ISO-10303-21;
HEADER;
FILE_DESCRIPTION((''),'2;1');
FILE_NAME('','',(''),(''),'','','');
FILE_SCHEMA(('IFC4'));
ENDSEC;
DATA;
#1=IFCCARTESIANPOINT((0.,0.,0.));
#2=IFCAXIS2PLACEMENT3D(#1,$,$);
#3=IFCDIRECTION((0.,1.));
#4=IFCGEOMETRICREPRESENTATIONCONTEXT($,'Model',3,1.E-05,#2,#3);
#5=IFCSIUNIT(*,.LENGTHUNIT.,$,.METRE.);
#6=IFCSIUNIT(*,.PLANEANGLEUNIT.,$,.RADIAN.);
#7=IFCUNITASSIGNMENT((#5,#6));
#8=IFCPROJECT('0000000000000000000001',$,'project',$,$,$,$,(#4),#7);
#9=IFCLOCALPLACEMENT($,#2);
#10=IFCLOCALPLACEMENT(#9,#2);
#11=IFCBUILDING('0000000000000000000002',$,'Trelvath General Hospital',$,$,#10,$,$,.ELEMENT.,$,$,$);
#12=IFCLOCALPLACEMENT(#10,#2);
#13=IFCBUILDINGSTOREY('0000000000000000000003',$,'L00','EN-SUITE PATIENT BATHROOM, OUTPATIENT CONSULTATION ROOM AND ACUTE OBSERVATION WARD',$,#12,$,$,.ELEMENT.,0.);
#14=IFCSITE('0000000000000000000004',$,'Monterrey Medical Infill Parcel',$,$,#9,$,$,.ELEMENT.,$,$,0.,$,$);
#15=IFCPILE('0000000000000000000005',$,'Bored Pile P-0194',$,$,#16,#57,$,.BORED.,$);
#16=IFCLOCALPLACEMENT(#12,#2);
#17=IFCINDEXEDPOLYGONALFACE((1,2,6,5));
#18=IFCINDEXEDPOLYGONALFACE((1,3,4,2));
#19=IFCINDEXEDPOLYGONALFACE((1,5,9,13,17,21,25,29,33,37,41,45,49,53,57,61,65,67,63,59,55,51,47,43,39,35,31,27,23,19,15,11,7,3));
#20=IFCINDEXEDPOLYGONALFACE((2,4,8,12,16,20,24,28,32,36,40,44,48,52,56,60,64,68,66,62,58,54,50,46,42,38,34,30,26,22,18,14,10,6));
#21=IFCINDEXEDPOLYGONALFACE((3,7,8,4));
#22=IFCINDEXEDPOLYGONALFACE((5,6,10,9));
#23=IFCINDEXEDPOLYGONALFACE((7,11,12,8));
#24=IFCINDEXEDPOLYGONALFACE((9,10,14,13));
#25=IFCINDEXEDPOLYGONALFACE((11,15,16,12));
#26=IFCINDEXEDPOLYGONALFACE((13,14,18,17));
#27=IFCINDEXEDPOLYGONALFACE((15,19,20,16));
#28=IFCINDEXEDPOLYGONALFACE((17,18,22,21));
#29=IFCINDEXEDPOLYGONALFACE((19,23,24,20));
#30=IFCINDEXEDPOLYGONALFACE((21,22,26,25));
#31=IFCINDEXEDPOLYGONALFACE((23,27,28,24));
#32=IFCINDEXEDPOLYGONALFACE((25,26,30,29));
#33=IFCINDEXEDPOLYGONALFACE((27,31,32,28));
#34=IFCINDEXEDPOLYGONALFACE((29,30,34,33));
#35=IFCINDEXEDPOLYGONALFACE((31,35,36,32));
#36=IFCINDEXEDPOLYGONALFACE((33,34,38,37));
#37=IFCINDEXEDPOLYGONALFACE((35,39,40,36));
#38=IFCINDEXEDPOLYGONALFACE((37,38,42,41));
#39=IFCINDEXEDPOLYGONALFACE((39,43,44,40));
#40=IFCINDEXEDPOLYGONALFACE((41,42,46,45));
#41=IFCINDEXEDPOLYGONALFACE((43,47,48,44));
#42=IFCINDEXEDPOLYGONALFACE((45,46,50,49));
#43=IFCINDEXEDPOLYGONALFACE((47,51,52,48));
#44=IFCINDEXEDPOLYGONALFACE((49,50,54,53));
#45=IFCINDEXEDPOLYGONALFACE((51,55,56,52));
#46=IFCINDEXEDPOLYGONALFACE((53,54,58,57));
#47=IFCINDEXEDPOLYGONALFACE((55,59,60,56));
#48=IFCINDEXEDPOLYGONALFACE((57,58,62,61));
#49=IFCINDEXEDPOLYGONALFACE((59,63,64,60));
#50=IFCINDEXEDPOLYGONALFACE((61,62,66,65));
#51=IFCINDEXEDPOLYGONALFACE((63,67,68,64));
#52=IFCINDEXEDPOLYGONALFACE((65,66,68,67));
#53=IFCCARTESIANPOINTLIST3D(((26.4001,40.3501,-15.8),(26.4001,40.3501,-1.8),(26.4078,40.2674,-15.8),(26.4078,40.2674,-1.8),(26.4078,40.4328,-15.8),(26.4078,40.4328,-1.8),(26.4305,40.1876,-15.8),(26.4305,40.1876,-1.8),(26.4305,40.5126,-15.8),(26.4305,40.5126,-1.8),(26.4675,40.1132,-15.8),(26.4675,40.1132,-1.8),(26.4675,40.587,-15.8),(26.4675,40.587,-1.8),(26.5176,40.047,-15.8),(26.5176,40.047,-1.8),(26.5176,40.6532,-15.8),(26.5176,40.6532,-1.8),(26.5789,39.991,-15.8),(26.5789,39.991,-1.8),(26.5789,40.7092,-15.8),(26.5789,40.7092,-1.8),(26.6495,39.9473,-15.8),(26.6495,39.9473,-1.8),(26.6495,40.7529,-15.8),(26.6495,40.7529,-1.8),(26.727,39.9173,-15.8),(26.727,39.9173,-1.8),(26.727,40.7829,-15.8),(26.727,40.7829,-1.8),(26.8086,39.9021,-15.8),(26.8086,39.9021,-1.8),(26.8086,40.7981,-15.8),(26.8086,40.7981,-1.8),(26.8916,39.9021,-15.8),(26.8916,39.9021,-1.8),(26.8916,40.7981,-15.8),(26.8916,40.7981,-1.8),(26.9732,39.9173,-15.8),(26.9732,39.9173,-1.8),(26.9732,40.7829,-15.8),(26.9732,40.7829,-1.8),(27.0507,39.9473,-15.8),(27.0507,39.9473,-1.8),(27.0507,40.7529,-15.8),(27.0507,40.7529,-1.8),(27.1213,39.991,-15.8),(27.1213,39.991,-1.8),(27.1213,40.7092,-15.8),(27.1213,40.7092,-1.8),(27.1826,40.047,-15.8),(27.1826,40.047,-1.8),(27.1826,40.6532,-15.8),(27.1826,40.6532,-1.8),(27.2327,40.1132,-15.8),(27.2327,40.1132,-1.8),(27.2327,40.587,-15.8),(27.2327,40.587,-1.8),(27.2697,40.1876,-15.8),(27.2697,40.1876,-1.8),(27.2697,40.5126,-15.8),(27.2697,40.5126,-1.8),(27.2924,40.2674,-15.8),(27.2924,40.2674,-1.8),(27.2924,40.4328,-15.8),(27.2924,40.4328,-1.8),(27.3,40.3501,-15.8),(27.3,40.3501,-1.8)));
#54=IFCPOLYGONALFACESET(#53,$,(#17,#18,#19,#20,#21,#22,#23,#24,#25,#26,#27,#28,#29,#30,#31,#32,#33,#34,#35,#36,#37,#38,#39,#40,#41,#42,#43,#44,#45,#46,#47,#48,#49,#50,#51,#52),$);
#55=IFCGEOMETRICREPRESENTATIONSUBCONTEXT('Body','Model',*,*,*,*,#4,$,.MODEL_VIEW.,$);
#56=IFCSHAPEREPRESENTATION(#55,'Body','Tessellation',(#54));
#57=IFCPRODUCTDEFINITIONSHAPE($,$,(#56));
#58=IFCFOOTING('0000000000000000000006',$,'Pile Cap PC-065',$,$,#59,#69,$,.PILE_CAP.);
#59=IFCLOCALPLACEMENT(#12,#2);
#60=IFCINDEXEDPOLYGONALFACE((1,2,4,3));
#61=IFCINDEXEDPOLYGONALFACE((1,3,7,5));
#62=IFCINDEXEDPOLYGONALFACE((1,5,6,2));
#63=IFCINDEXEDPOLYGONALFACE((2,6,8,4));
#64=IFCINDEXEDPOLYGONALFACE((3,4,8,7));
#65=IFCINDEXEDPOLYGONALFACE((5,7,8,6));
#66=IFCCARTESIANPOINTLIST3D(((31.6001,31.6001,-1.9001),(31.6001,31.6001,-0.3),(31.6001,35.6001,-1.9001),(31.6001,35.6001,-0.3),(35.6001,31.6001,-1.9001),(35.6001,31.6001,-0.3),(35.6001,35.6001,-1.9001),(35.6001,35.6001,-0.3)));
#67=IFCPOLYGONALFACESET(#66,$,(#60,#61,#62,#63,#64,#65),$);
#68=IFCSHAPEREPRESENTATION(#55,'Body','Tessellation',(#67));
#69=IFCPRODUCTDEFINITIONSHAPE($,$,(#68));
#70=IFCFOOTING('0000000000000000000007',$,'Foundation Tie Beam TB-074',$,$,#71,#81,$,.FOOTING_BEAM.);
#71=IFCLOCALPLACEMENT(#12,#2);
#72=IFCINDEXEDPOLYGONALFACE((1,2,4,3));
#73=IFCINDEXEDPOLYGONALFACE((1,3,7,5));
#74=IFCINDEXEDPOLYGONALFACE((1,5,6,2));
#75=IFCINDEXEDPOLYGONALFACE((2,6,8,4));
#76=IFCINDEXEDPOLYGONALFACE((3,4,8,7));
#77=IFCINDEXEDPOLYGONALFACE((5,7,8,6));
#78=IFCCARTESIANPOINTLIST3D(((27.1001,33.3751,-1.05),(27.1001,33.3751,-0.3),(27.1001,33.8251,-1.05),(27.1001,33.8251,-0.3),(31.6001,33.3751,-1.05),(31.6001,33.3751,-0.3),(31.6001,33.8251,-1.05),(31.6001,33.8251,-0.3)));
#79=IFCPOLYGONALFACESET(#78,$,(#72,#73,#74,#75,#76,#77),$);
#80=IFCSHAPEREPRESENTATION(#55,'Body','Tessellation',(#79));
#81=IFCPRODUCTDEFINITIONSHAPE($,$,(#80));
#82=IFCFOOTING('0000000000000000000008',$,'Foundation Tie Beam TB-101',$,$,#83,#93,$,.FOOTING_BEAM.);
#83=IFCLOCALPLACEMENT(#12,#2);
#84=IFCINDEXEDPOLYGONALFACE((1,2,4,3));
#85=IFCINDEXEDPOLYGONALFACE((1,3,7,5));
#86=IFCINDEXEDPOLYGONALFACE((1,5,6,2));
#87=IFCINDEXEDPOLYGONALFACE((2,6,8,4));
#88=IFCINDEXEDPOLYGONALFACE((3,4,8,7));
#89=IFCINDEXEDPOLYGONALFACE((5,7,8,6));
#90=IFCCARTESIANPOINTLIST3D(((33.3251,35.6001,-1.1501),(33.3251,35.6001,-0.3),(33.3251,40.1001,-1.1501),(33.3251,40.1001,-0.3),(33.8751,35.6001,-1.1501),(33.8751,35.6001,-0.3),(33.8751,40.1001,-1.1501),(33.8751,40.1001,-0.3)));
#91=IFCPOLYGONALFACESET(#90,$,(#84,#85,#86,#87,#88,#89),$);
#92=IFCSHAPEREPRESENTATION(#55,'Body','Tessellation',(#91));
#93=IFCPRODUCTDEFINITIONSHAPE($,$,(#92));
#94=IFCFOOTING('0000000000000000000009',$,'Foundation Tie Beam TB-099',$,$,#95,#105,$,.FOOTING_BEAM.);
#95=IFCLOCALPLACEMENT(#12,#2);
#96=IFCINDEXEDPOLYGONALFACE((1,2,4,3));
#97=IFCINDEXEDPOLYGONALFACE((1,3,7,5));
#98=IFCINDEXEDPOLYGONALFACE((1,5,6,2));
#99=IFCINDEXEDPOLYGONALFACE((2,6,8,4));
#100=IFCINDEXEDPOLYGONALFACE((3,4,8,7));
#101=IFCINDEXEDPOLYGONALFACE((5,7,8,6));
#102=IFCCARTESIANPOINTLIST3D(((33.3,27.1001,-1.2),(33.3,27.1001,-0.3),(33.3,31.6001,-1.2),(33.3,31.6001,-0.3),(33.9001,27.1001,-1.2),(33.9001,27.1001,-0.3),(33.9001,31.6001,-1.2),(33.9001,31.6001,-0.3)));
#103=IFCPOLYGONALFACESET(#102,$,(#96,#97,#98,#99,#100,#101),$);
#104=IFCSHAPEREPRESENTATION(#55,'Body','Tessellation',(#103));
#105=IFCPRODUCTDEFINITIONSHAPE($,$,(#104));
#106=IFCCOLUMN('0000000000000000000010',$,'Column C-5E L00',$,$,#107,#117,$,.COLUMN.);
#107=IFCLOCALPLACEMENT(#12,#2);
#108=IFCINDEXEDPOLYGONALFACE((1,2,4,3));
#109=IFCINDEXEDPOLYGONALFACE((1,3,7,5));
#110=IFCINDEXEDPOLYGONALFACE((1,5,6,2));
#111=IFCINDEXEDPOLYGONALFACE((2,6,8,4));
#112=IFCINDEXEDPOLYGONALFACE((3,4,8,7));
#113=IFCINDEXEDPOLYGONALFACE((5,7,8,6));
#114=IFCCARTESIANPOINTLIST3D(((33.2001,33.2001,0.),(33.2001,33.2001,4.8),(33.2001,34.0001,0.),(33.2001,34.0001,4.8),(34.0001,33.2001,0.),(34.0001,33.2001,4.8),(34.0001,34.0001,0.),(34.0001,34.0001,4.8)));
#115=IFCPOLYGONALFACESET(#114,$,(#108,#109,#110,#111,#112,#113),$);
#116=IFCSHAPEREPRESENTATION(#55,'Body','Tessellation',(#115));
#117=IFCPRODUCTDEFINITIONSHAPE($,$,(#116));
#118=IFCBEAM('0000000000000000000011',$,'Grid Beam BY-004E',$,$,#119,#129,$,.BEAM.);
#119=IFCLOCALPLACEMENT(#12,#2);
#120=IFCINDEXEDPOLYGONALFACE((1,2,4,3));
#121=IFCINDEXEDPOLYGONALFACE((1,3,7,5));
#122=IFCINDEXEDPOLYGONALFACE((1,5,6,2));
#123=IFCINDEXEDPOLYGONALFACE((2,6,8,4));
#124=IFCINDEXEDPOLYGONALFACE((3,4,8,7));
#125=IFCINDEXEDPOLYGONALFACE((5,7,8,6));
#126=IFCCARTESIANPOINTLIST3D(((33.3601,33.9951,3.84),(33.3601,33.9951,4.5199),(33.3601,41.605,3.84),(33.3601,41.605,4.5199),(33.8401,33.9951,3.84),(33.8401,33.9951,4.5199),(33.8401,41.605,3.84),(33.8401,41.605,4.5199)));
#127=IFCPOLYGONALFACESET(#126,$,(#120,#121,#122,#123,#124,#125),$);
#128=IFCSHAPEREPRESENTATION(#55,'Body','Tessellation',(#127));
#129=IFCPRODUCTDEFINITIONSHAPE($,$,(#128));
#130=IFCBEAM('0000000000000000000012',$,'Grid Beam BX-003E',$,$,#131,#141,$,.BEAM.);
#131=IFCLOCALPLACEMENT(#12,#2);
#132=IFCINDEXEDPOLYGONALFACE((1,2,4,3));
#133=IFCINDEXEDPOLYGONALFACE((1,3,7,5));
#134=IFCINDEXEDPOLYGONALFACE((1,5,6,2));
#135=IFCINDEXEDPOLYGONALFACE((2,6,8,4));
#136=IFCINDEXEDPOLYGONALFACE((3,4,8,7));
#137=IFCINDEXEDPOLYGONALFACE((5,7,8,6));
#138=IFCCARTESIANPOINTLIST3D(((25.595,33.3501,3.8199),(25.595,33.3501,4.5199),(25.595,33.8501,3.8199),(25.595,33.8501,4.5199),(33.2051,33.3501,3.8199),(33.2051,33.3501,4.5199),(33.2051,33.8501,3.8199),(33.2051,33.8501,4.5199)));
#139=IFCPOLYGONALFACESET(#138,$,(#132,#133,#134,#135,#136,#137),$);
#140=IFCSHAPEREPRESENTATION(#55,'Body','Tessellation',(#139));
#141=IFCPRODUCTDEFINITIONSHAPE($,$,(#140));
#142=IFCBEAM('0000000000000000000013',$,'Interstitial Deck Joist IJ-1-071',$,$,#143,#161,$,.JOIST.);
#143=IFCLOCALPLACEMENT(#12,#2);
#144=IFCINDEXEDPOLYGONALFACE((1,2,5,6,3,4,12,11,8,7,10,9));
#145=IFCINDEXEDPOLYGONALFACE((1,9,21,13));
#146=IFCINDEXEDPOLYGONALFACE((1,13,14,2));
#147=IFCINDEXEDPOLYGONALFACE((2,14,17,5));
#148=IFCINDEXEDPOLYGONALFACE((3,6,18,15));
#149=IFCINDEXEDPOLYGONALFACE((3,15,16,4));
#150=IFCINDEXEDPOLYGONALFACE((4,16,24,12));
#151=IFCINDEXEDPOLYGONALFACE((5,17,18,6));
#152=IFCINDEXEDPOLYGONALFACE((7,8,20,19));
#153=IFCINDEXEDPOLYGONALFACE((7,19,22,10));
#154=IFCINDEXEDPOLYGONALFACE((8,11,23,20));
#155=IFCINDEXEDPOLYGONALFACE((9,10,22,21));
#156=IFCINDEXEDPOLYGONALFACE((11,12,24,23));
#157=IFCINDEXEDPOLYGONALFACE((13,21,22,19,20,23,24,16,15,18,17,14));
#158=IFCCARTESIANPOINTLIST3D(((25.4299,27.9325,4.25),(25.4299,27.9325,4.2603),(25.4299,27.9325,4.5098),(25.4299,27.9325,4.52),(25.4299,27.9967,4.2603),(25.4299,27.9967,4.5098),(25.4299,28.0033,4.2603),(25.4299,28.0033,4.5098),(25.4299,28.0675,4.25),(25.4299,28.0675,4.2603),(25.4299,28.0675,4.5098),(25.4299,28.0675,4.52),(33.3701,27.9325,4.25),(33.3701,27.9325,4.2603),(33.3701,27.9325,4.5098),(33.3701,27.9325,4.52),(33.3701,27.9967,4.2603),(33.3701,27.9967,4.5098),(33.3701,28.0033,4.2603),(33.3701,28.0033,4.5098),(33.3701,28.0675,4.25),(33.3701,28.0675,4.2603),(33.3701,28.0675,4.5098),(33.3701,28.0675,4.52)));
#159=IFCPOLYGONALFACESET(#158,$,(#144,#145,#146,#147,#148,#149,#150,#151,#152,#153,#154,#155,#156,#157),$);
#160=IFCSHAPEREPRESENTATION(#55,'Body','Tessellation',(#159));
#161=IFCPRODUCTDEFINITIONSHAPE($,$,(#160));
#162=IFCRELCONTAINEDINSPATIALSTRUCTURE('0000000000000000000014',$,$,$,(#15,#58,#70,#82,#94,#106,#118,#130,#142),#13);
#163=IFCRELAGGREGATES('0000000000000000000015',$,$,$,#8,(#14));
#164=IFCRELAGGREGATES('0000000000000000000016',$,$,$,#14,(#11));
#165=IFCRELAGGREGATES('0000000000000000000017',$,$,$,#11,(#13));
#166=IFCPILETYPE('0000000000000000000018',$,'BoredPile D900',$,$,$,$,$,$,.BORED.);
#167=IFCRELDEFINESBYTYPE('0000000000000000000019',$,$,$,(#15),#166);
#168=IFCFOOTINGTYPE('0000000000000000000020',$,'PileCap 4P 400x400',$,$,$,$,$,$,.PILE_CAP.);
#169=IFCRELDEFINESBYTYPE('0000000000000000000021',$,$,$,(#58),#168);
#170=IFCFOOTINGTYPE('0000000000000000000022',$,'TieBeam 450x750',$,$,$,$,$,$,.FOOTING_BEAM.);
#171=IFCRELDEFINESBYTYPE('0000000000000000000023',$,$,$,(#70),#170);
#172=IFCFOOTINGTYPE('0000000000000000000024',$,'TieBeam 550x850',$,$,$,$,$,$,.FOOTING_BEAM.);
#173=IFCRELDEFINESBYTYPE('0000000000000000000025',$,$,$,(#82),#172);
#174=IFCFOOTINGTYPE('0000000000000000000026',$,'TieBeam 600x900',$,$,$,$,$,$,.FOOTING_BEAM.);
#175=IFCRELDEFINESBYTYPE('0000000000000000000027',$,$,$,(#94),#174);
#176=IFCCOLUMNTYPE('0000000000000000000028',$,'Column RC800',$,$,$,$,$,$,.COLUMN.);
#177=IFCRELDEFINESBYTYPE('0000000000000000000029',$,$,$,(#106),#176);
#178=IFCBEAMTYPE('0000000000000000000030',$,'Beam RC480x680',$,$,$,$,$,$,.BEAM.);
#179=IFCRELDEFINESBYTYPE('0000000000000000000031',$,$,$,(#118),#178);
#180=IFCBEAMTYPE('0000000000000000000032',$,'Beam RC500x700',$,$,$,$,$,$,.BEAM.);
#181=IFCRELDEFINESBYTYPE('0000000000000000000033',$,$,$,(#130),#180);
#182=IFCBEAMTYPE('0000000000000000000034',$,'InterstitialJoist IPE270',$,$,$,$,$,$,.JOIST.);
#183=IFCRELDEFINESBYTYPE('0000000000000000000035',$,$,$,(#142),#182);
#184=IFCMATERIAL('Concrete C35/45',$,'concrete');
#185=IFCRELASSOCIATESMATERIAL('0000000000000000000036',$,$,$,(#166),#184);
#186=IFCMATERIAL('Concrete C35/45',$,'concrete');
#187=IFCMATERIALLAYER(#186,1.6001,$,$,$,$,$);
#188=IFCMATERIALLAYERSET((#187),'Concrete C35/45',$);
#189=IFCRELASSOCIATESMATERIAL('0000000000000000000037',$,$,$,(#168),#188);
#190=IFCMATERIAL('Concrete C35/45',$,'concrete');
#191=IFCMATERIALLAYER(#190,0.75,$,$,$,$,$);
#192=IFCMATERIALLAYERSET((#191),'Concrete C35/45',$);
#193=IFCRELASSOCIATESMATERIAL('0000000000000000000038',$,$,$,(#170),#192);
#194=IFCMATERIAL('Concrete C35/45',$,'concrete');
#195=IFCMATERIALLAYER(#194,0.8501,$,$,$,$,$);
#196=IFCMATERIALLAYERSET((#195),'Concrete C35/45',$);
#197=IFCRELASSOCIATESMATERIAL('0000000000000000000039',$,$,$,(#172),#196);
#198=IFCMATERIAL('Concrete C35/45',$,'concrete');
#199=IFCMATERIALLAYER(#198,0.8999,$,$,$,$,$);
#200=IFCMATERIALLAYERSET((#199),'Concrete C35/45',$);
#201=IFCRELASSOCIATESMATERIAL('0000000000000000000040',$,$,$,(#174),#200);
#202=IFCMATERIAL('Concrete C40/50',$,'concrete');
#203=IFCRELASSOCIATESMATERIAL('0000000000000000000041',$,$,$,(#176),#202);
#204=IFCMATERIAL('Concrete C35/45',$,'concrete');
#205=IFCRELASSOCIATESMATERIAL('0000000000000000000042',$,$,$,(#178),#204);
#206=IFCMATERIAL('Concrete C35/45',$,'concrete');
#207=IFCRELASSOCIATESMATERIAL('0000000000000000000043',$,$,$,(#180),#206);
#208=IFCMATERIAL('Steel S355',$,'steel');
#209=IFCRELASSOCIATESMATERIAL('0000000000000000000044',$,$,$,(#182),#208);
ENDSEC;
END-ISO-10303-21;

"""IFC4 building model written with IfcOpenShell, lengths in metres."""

from ifc_helpers import new_model, si_unit, direction, frame, origin, origin_2d, place, context, subcontext, project, spatial, rectangle, circle, i_section, extrude, material, layer, layer_set, material_profile, profile_set, type_object, element, save


model = new_model("IFC4")

# Units and contexts
model_context = context("Model", 3, precision=1e-05, world=origin(), true_north=direction((0.0, 1.0)))
body_context = subcontext(model_context, "Body", "Model", "MODEL_VIEW")
ifc_project = project(units=[si_unit("LENGTHUNIT", "METRE"), si_unit("PLANEANGLEUNIT", "RADIAN")], contexts=[model_context])

# Site, building, storey
site_placement = place(None, origin())
site = spatial("IfcSite", under=ifc_project, at=site_placement, Name="Monterrey Medical Infill Parcel", CompositionType="ELEMENT", RefElevation=0.0)
building_placement = place(site_placement, origin())
building = spatial("IfcBuilding", under=site, at=building_placement, Name="Trelvath General Hospital", CompositionType="ELEMENT")
storey_placement = place(building_placement, origin())
storey = spatial("IfcBuildingStorey", under=building, at=storey_placement, Name="L00", Description="EN-SUITE PATIENT BATHROOM, OUTPATIENT CONSULTATION ROOM AND ACUTE OBSERVATION WARD", CompositionType="ELEMENT", Elevation=0.0)

# Pile
ifc_material_1 = material(Name="Concrete C35/45", Category="concrete")
ifc_material_profile_1 = material_profile(ifc_material_1, circle(Radius=0.45, at=origin_2d()), Name="PILE900")
ifc_profile_set_1 = profile_set([ifc_material_profile_1], Name="Concrete C35/45")
pile_type_1 = type_object("IfcPileType", Name="BoredPile D900", PredefinedType="BORED", material=ifc_profile_set_1)
for number, where, z_axis, x_axis, name in (
    (1, (26.8501, 40.3501, -1.8), (0.0, 0.0, -1.0), (1.0, 0.0, 0.0), "Bored Pile P-0194"),
):
    element("IfcPile", number, at=place(storey_placement, frame(where, z_axis=z_axis, x_axis=x_axis)), inside=storey, type_object=pile_type_1, Name=name, PredefinedType="BORED", context=body_context, shape_type="SweptSolid", body=[
        extrude(circle(Radius=0.45, at=origin_2d()), origin(), (0.0, 0.0, 1.0), 14.0),
    ])

# Footings
ifc_material_2 = material(Name="Concrete C35/45", Category="concrete")
ifc_layer_1 = layer(ifc_material_2, 1.6001)
ifc_layer_set_1 = layer_set([ifc_layer_1], Name="Concrete C35/45")
footing_type_1 = type_object("IfcFootingType", Name="PileCap 4P 400x400", PredefinedType="PILE_CAP", material=ifc_layer_set_1)
footing_1_placement = place(storey_placement, frame((33.6001, 33.6001, -1.9001), z_axis=(0.0, 0.0, 1.0), x_axis=(1.0, 0.0, 0.0)))
element("IfcFooting", 2, at=footing_1_placement, inside=storey, type_object=footing_type_1, Name="Pile Cap PC-065", PredefinedType="PILE_CAP", context=body_context, shape_type="SweptSolid", body=[
    extrude(rectangle(XDim=4.0, YDim=4.0, at=origin_2d()), origin(), (0.0, 0.0, 1.0), 1.6001),
])
ifc_material_3 = material(Name="Concrete C35/45", Category="concrete")
ifc_layer_2 = layer(ifc_material_3, 0.75)
ifc_layer_set_2 = layer_set([ifc_layer_2], Name="Concrete C35/45")
footing_type_2 = type_object("IfcFootingType", Name="TieBeam 450x750", PredefinedType="FOOTING_BEAM", material=ifc_layer_set_2)
footing_2_placement = place(storey_placement, frame((29.3501, 33.6001, -1.05), z_axis=(0.0, 0.0, 1.0), x_axis=(1.0, 0.0, 0.0)))
element("IfcFooting", 3, at=footing_2_placement, inside=storey, type_object=footing_type_2, Name="Foundation Tie Beam TB-074", PredefinedType="FOOTING_BEAM", context=body_context, shape_type="SweptSolid", body=[
    extrude(rectangle(XDim=4.5, YDim=0.45, at=origin_2d()), origin(), (0.0, 0.0, 1.0), 0.75),
])
ifc_material_4 = material(Name="Concrete C35/45", Category="concrete")
ifc_layer_3 = layer(ifc_material_4, 0.8501)
ifc_layer_set_3 = layer_set([ifc_layer_3], Name="Concrete C35/45")
footing_type_3 = type_object("IfcFootingType", Name="TieBeam 550x850", PredefinedType="FOOTING_BEAM", material=ifc_layer_set_3)
footing_3_placement = place(storey_placement, frame((33.6001, 37.8501, -1.1501), z_axis=(0.0, 0.0, 1.0), x_axis=(1.0, 0.0, 0.0)))
element("IfcFooting", 4, at=footing_3_placement, inside=storey, type_object=footing_type_3, Name="Foundation Tie Beam TB-101", PredefinedType="FOOTING_BEAM", context=body_context, shape_type="SweptSolid", body=[
    extrude(rectangle(XDim=0.55, YDim=4.5, at=origin_2d()), origin(), (0.0, 0.0, 1.0), 0.8501),
])
ifc_material_5 = material(Name="Concrete C35/45", Category="concrete")
ifc_layer_4 = layer(ifc_material_5, 0.8999)
ifc_layer_set_4 = layer_set([ifc_layer_4], Name="Concrete C35/45")
footing_type_4 = type_object("IfcFootingType", Name="TieBeam 600x900", PredefinedType="FOOTING_BEAM", material=ifc_layer_set_4)
footing_4_placement = place(storey_placement, frame((33.6001, 29.3501, -1.2), z_axis=(0.0, 0.0, 1.0), x_axis=(1.0, 0.0, 0.0)))
element("IfcFooting", 5, at=footing_4_placement, inside=storey, type_object=footing_type_4, Name="Foundation Tie Beam TB-099", PredefinedType="FOOTING_BEAM", context=body_context, shape_type="SweptSolid", body=[
    extrude(rectangle(XDim=0.6001, YDim=4.5, at=origin_2d()), origin(), (0.0, 0.0, 1.0), 0.8999),
])

# Column
ifc_material_6 = material(Name="Concrete C40/50", Category="concrete")
ifc_material_profile_2 = material_profile(ifc_material_6, rectangle(XDim=0.8, YDim=0.8, at=origin_2d()), Name="RC800x800")
ifc_profile_set_2 = profile_set([ifc_material_profile_2], Name="Concrete C40/50")
column_type = type_object("IfcColumnType", Name="Column RC800", PredefinedType="COLUMN", material=ifc_profile_set_2)
column_placement = place(storey_placement, frame((33.6001, 33.6001, 0.0), z_axis=(0.0, 0.0, 1.0), x_axis=(1.0, 0.0, 0.0)))
element("IfcColumn", 6, at=column_placement, inside=storey, type_object=column_type, Name="Column C-5E L00", PredefinedType="COLUMN", context=body_context, shape_type="SweptSolid", body=[
    extrude(rectangle(XDim=0.8, YDim=0.8, at=origin_2d()), origin(), (0.0, 0.0, 1.0), 4.8),
])

# Beams
ifc_material_7 = material(Name="Concrete C35/45", Category="concrete")
ifc_material_profile_3 = material_profile(ifc_material_7, rectangle(XDim=0.48, YDim=0.6799, at=origin_2d()), Name="RCB480x680")
ifc_profile_set_3 = profile_set([ifc_material_profile_3], Name="Concrete C35/45")
beam_type_1 = type_object("IfcBeamType", Name="Beam RC480x680", PredefinedType="BEAM", material=ifc_profile_set_3)
beam_1_placement = place(storey_placement, frame((33.6001, 33.9951, 4.1799), z_axis=(0.0, 1.0, 0.0), x_axis=(-1.0, 0.0, 0.0)))
element("IfcBeam", 7, at=beam_1_placement, inside=storey, type_object=beam_type_1, Name="Grid Beam BY-004E", PredefinedType="BEAM", context=body_context, shape_type="SweptSolid", body=[
    extrude(rectangle(XDim=0.48, YDim=0.6799, at=origin_2d()), origin(), (0.0, 0.0, 1.0), 7.6099),
])
ifc_material_8 = material(Name="Concrete C35/45", Category="concrete")
ifc_material_profile_4 = material_profile(ifc_material_8, rectangle(XDim=0.5, YDim=0.7, at=origin_2d()), Name="RCB500x700")
ifc_profile_set_4 = profile_set([ifc_material_profile_4], Name="Concrete C35/45")
beam_type_2 = type_object("IfcBeamType", Name="Beam RC500x700", PredefinedType="BEAM", material=ifc_profile_set_4)
beam_2_placement = place(storey_placement, frame((25.595, 33.6001, 4.1699), z_axis=(1.0, 0.0, 0.0), x_axis=(0.0, 1.0, 0.0)))
element("IfcBeam", 8, at=beam_2_placement, inside=storey, type_object=beam_type_2, Name="Grid Beam BX-003E", PredefinedType="BEAM", context=body_context, shape_type="SweptSolid", body=[
    extrude(rectangle(XDim=0.5, YDim=0.7, at=origin_2d()), origin(), (0.0, 0.0, 1.0), 7.6101),
])
ifc_material_9 = material(Name="Steel S355", Category="steel")
ifc_material_profile_5 = material_profile(ifc_material_9, i_section(OverallWidth=0.135, OverallDepth=0.27, WebThickness=0.0066, FlangeThickness=0.0103, at=origin_2d()), Name="IPE270")
ifc_profile_set_5 = profile_set([ifc_material_profile_5], Name="Steel S355")
beam_type_3 = type_object("IfcBeamType", Name="InterstitialJoist IPE270", PredefinedType="JOIST", material=ifc_profile_set_5)
for number, where, z_axis, x_axis, name in (
    (9, (25.4299, 28.0, 4.385), (1.0, 0.0, 0.0), (0.0, 1.0, 0.0), "Interstitial Deck Joist IJ-1-071"),
):
    element("IfcBeam", number, at=place(storey_placement, frame(where, z_axis=z_axis, x_axis=x_axis)), inside=storey, type_object=beam_type_3, Name=name, PredefinedType="JOIST", context=body_context, shape_type="SweptSolid", body=[
        extrude(i_section(OverallWidth=0.135, OverallDepth=0.27, WebThickness=0.0066, FlangeThickness=0.0103, at=origin_2d()), origin(), (0.0, 0.0, 1.0), 7.9402),
    ])

save(model, "model.ifc")
